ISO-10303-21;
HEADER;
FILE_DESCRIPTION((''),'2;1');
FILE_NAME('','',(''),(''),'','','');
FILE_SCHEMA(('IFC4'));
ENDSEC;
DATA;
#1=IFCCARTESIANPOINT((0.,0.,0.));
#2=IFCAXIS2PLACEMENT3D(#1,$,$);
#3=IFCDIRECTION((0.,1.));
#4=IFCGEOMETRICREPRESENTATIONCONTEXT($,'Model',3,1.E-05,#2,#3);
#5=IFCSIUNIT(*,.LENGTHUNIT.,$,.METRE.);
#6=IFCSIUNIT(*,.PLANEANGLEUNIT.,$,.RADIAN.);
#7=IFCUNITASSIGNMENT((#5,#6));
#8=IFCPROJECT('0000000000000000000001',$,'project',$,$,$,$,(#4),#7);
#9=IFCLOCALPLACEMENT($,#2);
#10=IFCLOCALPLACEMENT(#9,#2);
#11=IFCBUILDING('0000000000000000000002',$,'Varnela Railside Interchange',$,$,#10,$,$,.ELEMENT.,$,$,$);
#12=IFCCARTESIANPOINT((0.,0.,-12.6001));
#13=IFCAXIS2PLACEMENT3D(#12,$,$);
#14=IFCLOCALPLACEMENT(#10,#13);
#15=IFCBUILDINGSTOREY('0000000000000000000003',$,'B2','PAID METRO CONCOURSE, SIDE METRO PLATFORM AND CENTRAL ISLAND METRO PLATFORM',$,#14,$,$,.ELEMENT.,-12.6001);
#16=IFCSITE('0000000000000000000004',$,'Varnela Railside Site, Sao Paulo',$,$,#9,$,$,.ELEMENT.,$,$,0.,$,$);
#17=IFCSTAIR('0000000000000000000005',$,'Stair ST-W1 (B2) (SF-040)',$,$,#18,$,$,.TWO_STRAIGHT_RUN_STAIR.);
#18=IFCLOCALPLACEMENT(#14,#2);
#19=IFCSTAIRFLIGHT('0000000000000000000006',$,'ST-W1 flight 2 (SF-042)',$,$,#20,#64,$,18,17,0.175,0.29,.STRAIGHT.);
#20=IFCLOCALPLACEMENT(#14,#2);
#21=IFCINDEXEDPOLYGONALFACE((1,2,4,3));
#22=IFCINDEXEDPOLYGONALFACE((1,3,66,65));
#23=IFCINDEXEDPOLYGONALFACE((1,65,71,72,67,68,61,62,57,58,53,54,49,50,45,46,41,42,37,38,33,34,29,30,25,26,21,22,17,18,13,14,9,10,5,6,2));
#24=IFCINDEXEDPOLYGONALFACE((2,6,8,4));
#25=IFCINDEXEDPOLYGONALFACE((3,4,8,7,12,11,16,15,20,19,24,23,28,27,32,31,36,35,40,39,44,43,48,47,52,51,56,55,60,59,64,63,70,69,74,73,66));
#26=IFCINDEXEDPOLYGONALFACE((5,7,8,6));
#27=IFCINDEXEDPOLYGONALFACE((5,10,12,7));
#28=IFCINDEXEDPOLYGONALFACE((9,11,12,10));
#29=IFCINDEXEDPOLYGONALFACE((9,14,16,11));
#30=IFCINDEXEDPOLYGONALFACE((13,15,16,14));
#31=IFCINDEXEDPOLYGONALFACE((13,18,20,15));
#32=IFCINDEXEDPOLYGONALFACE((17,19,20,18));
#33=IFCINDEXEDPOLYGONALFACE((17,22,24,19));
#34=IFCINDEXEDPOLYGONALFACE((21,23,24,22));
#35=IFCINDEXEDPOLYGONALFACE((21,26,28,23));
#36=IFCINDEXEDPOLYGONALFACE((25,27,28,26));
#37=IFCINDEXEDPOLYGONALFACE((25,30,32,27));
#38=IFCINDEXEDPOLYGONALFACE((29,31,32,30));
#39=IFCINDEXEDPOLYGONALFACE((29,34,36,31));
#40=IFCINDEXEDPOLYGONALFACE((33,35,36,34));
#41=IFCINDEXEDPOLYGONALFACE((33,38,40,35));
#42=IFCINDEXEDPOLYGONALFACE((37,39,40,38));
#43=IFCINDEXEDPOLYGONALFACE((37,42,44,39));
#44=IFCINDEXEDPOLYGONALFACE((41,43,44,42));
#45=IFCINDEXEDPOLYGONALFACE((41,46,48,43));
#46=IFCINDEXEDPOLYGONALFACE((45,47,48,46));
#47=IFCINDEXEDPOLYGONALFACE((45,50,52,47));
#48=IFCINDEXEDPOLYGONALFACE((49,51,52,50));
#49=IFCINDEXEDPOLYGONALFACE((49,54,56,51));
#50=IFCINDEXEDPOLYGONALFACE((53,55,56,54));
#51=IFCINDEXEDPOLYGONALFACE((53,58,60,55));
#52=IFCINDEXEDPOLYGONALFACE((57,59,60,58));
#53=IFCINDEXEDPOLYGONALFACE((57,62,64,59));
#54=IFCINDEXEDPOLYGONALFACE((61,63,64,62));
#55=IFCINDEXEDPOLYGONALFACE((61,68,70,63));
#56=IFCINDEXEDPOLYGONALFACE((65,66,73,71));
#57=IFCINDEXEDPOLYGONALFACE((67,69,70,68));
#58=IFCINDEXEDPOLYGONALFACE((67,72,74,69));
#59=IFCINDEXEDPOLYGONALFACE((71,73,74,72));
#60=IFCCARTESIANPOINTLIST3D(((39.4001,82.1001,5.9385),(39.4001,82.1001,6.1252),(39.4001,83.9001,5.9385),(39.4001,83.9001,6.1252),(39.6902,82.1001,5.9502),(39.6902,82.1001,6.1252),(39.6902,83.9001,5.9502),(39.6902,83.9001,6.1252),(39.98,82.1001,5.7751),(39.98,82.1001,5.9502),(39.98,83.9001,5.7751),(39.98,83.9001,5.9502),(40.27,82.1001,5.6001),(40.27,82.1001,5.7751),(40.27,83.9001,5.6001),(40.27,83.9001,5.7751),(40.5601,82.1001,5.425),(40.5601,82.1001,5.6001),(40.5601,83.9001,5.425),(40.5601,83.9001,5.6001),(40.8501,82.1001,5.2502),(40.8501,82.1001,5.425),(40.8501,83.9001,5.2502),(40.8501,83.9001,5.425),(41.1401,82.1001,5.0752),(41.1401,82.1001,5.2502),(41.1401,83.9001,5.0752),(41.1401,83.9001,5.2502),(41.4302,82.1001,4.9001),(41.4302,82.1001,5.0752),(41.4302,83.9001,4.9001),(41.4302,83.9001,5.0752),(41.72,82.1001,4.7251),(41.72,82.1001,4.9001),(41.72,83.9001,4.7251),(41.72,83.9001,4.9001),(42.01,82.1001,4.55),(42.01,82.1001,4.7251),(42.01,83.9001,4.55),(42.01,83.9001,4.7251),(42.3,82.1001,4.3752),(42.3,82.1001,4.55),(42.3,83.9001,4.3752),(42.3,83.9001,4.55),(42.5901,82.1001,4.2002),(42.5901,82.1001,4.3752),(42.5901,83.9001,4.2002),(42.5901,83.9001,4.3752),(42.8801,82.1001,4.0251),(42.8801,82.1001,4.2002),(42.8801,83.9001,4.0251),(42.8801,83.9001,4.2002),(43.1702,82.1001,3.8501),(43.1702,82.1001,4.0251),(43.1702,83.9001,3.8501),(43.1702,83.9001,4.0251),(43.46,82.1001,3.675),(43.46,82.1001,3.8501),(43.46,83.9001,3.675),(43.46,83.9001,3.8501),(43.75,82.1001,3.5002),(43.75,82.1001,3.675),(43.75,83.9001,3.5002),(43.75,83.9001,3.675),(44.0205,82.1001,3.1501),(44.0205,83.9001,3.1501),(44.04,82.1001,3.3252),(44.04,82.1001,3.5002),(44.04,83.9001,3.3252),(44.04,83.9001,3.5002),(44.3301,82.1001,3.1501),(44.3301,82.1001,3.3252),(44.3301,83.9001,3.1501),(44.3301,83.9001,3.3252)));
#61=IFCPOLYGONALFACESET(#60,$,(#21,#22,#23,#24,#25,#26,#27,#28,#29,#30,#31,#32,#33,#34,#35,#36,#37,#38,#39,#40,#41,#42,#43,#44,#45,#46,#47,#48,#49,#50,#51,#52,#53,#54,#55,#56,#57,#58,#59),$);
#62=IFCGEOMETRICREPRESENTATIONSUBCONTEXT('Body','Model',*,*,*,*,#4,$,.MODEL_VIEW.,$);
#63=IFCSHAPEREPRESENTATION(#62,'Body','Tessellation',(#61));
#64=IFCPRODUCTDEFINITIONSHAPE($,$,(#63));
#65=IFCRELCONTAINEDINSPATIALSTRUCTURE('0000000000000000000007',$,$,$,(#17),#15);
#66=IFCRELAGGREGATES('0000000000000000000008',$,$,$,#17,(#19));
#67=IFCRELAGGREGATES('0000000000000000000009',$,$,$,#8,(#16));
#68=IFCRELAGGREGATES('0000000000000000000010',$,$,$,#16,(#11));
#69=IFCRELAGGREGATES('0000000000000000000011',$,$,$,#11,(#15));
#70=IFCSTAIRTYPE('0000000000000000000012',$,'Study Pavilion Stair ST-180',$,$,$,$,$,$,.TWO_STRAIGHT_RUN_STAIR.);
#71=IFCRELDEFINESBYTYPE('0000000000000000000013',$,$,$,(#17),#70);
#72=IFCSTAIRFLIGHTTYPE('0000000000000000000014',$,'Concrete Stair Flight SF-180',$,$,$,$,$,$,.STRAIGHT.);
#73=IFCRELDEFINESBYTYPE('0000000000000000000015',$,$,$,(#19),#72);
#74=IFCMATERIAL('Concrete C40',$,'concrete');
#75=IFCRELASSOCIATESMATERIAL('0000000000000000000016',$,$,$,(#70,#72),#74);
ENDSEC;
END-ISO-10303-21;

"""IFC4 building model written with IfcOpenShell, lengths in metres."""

from ifc_helpers import new_model, si_unit, direction, frame, origin, place, context, subcontext, project, spatial, polyline, outline, extrude, material, type_object, element, aggregate, save


model = new_model("IFC4")

# Units and contexts
model_context = context("Model", 3, precision=1e-05, world=origin(), true_north=direction((0.0, 1.0)))
body_context = subcontext(model_context, "Body", "Model", "MODEL_VIEW")
ifc_project = project(units=[si_unit("LENGTHUNIT", "METRE"), si_unit("PLANEANGLEUNIT", "RADIAN")], contexts=[model_context])

# Site, building, storey
site_placement = place(None, origin())
site = spatial("IfcSite", under=ifc_project, at=site_placement, Name="Varnela Railside Site, Sao Paulo", CompositionType="ELEMENT", RefElevation=0.0)
building_placement = place(site_placement, origin())
building = spatial("IfcBuilding", under=site, at=building_placement, Name="Varnela Railside Interchange", CompositionType="ELEMENT")
storey_placement = place(building_placement, frame((0.0, 0.0, -12.6001)))
storey = spatial("IfcBuildingStorey", under=building, at=storey_placement, Name="B2", Description="PAID METRO CONCOURSE, SIDE METRO PLATFORM AND CENTRAL ISLAND METRO PLATFORM", CompositionType="ELEMENT", Elevation=-12.6001)

# Shared definitions
ifc_material_1 = material(Name="Concrete C40", Category="concrete")

# Stair, stair flight
stair_type = type_object("IfcStairType", Name="Study Pavilion Stair ST-180", PredefinedType="TWO_STRAIGHT_RUN_STAIR", material=ifc_material_1)
stair_placement = place(storey_placement, origin())
stair = element("IfcStair", 1, at=stair_placement, inside=storey, type_object=stair_type, Name="Stair ST-W1 (B2) (SF-040)", PredefinedType="TWO_STRAIGHT_RUN_STAIR")
stair_flight_type = type_object("IfcStairFlightType", Name="Concrete Stair Flight SF-180", PredefinedType="STRAIGHT", material=ifc_material_1)
stair_flight_placement = place(storey_placement, frame((44.3301, 83.0, 3.1501), z_axis=(0.0, 0.0, 1.0), x_axis=(-1.0, 0.0, 0.0)))
stair_flight = element("IfcStairFlight", 2, at=stair_flight_placement, type_object=stair_flight_type, Name="ST-W1 flight 2 (SF-042)", NumberOfRisers=18, NumberOfTreads=17, PredefinedType="STRAIGHT", RiserHeight=0.175, TreadLength=0.29, context=body_context, shape_type="SweptSolid", body=[
    extrude(outline(polyline([(0.0, 0.0), (0.0, 0.175), (0.29, 0.175), (0.29, 0.3501), (0.5801, 0.3501), (0.5801, 0.5249), (0.8701, 0.5249), (0.8701, 0.7), (1.1599, 0.7), (1.1599, 0.875), (1.45, 0.875), (1.45, 1.05), (1.74, 1.05), (1.74, 1.2251), (2.03, 1.2251), (2.03, 1.3999), (2.3201, 1.3999), (2.3201, 1.575), (2.6101, 1.575), (2.6101, 1.75), (2.8999, 1.75), (2.8999, 1.925), (3.1899, 1.925), (3.1899, 2.1001), (3.48, 2.1001), (3.48, 2.2749), (3.77, 2.2749), (3.77, 2.45), (4.0601, 2.45), (4.0601, 2.625), (4.3501, 2.625), (4.3501, 2.8), (4.6399, 2.8), (4.6399, 2.9751), (4.9299, 2.9751), (4.9299, 3.1499), (4.9299, 2.7883), (0.3096, 0.0), (0.0, 0.0)])), frame((0.0, 0.8999, 0.0), z_axis=(0.0, -1.0, 0.0), x_axis=(1.0, 0.0, 0.0)), (0.0, 0.0, 1.0), 1.8),
])
aggregate(stair, [stair_flight])

save(model, "model.ifc")
